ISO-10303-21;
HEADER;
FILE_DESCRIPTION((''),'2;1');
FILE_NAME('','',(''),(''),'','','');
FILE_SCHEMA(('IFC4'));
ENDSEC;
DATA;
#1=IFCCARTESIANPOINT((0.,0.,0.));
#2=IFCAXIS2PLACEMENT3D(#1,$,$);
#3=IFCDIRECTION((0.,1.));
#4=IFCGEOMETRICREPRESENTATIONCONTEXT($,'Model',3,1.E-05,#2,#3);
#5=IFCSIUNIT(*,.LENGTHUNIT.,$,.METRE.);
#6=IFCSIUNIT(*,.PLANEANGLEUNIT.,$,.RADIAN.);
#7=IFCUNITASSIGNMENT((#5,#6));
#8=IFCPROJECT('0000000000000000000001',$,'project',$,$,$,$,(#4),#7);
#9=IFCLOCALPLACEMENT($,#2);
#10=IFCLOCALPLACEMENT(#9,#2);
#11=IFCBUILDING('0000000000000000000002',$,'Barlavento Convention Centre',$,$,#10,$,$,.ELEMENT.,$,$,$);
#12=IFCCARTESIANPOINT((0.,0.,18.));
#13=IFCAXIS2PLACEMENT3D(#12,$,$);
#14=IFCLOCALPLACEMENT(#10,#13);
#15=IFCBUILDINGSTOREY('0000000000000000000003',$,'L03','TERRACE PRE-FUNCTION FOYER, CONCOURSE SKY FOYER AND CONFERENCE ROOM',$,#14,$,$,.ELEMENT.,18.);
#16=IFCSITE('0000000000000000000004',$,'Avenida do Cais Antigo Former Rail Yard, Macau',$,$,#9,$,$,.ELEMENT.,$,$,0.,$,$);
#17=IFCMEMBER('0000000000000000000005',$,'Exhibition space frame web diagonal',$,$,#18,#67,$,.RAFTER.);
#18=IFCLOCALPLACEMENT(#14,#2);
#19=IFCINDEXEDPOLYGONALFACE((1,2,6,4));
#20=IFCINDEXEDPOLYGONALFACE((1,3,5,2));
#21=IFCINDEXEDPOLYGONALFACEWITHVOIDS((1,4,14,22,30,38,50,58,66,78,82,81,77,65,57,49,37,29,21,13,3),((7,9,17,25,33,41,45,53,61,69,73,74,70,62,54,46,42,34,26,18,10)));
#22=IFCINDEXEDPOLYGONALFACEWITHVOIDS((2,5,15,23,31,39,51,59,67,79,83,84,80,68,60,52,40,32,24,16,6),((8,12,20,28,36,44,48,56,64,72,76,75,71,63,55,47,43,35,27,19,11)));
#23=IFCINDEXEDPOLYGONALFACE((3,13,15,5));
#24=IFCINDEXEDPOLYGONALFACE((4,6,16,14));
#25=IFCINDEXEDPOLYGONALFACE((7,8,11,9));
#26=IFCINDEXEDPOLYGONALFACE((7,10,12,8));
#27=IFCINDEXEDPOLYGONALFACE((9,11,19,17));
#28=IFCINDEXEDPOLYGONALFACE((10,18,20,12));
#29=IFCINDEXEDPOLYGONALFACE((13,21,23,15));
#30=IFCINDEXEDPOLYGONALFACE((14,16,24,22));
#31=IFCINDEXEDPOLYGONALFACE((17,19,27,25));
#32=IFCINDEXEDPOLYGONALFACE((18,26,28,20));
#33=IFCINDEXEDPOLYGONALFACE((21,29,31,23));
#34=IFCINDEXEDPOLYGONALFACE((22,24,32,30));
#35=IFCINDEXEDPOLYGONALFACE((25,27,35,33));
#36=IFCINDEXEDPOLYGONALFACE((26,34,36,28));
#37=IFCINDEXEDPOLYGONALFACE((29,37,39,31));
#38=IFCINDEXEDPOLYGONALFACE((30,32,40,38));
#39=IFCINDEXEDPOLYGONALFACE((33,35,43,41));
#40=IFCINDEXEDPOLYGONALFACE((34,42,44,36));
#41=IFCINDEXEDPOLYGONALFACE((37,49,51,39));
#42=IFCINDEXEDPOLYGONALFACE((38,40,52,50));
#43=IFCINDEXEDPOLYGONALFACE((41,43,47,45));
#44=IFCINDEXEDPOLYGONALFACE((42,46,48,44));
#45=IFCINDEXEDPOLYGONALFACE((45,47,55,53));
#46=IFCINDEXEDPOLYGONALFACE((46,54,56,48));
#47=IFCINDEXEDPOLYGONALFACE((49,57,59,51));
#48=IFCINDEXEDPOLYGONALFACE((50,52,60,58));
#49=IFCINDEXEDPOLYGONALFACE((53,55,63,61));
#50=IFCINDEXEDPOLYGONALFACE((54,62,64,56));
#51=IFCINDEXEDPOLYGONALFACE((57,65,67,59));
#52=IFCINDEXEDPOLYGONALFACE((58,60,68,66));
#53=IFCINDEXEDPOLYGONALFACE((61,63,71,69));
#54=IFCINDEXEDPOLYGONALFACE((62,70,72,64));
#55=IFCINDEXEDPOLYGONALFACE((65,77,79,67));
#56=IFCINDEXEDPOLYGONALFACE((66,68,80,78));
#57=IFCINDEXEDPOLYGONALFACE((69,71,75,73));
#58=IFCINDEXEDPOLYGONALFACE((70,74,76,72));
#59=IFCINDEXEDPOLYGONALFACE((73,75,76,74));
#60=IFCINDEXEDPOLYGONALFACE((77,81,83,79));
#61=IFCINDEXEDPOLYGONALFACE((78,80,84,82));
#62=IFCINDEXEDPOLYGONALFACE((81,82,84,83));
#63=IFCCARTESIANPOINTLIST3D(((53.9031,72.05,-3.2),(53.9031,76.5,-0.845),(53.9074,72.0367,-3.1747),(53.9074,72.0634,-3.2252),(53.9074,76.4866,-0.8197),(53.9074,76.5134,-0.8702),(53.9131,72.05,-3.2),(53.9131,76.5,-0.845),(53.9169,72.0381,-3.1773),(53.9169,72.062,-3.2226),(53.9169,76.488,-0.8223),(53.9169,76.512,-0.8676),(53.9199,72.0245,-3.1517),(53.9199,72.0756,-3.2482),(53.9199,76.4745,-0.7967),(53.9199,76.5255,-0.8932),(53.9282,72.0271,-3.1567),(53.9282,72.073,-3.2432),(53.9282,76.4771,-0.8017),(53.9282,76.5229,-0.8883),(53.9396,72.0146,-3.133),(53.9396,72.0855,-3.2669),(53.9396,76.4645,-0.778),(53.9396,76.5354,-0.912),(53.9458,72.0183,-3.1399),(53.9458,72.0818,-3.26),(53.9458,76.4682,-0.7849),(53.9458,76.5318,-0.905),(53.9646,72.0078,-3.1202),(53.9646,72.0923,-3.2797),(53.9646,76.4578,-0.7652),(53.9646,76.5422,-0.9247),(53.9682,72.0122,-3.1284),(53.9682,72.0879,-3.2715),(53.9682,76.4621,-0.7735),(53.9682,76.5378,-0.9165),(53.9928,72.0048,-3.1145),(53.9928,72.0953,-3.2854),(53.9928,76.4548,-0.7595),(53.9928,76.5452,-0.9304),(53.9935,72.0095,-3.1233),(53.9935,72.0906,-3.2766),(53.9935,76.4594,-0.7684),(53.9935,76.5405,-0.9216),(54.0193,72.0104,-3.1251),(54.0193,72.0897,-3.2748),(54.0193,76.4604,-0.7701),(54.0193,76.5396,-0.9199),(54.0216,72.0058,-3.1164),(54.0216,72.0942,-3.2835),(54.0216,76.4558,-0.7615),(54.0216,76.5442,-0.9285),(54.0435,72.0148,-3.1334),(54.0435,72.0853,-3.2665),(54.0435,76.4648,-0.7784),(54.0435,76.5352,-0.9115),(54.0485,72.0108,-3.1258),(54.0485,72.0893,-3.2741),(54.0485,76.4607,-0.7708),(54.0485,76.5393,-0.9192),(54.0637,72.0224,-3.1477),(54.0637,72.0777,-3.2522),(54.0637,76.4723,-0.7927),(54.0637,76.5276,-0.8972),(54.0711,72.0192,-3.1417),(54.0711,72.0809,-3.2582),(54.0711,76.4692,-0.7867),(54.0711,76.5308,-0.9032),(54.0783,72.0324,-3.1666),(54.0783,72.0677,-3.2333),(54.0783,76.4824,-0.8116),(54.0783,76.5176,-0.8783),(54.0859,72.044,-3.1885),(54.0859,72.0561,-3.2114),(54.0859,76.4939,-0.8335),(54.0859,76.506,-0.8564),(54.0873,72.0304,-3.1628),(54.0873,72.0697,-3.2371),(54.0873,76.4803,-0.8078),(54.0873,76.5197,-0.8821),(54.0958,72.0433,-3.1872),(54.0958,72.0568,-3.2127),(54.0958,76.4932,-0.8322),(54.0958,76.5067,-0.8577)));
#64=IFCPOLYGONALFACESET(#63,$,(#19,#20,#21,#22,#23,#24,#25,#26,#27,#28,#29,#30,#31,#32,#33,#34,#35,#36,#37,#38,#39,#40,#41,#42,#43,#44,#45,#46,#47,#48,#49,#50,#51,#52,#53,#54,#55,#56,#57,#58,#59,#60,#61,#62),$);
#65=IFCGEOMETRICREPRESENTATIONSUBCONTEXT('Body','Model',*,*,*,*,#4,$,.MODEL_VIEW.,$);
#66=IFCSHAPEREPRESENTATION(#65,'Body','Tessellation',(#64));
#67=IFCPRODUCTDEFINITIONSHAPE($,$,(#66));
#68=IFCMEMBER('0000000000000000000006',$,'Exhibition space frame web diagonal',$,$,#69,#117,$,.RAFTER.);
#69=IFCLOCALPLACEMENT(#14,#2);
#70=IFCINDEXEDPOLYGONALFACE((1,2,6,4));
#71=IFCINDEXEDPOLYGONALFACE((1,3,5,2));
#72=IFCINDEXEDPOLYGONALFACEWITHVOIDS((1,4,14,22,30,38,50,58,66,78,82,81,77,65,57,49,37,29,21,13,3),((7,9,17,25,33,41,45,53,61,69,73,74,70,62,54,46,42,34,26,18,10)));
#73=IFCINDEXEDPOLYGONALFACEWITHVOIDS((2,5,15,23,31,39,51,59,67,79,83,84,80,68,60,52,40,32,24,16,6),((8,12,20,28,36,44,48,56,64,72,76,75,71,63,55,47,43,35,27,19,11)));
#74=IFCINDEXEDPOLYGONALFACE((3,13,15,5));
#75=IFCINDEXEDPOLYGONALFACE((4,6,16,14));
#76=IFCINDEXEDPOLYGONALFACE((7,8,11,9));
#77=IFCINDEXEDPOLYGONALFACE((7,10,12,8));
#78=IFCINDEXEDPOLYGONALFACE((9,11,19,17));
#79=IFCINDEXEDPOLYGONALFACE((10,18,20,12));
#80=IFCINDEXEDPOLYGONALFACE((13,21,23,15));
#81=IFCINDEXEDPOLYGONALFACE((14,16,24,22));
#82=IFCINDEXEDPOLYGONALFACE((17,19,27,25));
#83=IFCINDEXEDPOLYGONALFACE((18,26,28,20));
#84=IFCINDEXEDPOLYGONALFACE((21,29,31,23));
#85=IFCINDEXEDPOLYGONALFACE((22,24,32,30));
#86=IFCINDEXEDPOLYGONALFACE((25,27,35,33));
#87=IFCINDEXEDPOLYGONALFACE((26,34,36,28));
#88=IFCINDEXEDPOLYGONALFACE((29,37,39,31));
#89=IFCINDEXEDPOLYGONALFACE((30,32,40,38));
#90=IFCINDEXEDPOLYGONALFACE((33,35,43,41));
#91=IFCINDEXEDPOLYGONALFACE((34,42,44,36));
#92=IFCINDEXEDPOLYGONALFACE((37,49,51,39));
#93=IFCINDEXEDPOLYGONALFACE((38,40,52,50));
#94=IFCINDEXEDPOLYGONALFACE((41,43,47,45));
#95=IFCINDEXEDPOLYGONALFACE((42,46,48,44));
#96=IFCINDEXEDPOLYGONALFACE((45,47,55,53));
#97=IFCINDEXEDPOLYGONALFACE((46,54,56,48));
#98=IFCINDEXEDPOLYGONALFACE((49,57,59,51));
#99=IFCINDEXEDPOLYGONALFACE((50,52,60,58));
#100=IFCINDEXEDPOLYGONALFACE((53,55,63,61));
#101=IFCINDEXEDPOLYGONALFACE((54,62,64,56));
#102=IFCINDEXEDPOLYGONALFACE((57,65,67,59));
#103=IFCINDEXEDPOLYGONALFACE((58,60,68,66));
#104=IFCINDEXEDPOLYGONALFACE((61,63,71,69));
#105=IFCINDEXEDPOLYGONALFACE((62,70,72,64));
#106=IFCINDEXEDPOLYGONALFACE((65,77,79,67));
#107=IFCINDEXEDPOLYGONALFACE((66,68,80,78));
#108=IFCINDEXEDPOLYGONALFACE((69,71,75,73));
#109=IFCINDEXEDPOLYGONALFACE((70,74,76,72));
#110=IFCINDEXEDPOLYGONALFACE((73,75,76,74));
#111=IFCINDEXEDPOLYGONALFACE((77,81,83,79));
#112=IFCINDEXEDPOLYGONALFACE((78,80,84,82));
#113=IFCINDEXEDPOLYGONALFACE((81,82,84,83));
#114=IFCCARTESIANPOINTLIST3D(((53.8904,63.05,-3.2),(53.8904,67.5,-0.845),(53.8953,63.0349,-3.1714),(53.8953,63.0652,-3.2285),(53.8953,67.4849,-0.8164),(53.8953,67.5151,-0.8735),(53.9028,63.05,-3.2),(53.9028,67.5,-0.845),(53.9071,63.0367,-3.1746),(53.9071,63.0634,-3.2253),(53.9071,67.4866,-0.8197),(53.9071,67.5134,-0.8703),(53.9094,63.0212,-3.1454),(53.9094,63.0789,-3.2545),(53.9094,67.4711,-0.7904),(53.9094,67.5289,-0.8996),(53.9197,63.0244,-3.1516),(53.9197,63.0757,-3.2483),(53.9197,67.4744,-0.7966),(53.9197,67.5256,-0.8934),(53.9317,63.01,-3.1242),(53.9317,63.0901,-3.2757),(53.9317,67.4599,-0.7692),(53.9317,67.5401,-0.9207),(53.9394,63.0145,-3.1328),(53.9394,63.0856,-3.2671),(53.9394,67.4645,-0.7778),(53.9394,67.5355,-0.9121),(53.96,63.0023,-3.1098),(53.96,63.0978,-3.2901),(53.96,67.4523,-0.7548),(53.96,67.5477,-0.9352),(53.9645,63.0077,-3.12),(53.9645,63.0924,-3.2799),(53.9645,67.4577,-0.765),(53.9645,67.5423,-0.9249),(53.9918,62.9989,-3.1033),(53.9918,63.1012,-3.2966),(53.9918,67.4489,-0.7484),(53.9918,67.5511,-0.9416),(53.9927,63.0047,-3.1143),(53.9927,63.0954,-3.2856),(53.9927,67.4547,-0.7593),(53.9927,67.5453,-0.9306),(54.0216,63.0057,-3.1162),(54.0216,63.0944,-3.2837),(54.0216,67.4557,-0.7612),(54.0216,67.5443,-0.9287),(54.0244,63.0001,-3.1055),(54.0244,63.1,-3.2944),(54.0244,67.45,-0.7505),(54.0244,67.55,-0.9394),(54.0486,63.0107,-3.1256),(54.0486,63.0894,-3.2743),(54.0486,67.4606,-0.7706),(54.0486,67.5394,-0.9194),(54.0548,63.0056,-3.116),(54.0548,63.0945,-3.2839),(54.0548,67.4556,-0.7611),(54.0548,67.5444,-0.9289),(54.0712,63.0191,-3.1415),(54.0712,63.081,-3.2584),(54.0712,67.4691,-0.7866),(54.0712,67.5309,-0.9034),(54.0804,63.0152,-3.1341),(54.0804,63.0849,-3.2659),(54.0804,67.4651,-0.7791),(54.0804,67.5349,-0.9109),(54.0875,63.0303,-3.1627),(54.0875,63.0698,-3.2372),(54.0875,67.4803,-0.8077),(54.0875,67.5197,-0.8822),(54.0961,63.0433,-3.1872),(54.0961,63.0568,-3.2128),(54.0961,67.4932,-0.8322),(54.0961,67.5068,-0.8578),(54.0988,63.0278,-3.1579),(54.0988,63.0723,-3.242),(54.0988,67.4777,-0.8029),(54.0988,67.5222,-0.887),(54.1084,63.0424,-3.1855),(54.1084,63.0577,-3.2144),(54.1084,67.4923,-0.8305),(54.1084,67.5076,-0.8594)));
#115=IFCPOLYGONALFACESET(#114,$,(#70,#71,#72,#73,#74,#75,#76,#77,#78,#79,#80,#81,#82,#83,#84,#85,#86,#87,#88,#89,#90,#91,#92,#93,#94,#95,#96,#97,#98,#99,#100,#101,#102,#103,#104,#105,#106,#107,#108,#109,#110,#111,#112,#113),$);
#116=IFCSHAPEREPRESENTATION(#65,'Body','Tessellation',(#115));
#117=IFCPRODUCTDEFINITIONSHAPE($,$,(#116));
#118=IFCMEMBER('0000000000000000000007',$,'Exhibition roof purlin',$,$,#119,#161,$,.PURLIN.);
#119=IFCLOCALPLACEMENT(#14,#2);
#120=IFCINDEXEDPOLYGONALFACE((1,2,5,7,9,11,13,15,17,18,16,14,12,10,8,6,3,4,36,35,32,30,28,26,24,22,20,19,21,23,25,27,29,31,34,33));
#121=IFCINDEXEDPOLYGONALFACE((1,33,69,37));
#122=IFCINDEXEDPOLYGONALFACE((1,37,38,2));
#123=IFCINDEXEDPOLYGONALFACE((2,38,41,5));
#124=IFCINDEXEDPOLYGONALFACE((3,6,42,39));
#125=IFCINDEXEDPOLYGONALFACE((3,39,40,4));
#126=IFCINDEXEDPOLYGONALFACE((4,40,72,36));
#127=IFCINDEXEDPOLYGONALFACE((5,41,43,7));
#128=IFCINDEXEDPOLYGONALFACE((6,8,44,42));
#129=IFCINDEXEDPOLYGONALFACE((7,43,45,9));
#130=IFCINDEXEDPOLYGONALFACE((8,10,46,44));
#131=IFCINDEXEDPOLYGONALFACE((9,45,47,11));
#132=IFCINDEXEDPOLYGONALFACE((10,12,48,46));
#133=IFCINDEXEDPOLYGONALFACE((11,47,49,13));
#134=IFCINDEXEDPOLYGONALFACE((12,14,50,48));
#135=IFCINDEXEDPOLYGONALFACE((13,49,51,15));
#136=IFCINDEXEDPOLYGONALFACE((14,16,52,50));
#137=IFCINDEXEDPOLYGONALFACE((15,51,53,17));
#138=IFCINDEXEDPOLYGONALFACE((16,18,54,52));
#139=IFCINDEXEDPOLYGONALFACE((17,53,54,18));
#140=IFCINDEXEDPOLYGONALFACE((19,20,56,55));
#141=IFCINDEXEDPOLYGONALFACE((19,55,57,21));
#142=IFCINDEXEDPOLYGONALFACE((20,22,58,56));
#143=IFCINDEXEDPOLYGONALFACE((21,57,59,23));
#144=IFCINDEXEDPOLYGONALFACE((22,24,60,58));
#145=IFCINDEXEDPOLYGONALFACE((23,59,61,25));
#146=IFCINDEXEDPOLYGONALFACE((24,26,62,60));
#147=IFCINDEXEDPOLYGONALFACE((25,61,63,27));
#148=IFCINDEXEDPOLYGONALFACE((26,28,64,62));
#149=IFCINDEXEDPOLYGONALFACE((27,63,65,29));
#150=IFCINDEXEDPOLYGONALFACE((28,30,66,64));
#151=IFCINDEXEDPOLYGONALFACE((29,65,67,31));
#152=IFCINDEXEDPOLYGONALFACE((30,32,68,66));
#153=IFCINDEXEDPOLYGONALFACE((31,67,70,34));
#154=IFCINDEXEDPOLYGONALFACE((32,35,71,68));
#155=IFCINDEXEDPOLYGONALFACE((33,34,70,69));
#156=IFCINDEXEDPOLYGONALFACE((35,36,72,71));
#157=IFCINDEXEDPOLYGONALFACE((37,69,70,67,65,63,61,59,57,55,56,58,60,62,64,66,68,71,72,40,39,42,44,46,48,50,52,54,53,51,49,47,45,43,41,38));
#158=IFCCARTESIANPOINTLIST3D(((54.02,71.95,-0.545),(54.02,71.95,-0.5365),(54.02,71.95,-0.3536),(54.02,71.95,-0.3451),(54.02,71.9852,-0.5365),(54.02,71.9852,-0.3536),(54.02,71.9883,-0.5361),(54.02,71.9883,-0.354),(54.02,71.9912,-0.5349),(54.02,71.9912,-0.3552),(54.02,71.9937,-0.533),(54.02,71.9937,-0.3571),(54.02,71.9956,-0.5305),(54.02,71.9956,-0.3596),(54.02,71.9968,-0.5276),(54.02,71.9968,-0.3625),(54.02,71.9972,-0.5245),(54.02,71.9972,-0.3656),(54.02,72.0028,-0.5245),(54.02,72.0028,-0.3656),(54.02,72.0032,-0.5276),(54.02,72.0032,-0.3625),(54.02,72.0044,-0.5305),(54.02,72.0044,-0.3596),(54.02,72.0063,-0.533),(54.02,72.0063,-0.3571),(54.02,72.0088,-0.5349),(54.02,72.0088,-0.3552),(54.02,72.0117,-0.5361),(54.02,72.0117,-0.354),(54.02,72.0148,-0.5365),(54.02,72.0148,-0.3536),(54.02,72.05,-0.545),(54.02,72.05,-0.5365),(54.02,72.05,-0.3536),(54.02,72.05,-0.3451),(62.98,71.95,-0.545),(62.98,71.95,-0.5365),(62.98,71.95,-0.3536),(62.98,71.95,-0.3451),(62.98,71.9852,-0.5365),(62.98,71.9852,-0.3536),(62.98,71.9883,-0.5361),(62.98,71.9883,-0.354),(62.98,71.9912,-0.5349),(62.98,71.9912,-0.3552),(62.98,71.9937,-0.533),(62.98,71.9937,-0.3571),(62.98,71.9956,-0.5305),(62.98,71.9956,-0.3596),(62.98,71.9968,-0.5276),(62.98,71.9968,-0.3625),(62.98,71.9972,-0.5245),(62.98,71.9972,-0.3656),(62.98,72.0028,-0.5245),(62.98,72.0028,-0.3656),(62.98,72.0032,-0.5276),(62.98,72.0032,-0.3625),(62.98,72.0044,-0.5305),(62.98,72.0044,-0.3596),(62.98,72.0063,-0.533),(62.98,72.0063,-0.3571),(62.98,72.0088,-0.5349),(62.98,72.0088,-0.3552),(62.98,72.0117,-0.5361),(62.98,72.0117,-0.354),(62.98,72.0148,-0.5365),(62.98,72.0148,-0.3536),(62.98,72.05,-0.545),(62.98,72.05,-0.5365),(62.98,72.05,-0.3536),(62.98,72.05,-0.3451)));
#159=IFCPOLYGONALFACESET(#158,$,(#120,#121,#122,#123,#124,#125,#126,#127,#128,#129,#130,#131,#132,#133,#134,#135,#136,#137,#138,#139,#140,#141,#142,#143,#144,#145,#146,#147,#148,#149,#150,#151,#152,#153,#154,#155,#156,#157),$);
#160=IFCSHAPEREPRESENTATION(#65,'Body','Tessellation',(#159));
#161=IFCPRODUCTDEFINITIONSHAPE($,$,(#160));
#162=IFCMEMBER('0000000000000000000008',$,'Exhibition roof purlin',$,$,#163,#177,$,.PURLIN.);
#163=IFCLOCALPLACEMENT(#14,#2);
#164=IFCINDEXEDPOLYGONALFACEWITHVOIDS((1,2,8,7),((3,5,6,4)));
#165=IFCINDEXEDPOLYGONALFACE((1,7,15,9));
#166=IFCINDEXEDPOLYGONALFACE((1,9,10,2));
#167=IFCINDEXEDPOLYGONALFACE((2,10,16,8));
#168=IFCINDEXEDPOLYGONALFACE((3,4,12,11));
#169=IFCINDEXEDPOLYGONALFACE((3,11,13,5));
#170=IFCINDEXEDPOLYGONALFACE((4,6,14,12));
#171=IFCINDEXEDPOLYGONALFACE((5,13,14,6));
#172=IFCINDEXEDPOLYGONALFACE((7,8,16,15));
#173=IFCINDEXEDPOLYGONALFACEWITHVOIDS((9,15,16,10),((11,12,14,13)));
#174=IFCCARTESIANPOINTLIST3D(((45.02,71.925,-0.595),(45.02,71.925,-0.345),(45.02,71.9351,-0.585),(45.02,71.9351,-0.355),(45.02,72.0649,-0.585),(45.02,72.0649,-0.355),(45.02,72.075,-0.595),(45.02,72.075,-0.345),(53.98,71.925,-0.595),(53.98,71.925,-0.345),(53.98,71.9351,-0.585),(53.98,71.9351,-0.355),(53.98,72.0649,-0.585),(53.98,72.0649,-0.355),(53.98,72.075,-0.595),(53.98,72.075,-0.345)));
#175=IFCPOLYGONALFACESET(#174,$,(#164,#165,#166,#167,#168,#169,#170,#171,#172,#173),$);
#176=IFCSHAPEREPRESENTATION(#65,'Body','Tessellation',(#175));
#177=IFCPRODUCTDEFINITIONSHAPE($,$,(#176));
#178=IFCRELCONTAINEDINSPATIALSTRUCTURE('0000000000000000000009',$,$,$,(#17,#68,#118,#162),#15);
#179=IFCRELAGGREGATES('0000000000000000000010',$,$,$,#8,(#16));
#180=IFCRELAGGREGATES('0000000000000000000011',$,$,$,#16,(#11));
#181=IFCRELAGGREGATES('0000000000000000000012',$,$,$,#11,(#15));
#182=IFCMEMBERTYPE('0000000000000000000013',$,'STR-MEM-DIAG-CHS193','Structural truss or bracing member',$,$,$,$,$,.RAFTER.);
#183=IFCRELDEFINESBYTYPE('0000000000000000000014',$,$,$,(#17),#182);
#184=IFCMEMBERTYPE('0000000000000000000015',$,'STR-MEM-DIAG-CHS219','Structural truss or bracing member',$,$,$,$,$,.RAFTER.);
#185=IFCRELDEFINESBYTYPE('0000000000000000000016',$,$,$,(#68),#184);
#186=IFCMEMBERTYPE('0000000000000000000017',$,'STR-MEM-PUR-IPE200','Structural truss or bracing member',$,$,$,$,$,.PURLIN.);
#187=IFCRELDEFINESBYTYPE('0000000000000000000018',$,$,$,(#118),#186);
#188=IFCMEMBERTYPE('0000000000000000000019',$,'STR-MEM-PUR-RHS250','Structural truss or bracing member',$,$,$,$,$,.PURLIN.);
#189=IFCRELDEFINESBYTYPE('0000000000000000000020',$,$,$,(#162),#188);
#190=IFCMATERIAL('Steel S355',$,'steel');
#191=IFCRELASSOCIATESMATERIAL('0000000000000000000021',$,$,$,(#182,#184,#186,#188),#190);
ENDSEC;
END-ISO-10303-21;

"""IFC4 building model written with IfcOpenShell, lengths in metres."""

from ifc_helpers import new_model, si_unit, direction, frame, origin, origin_2d, place, context, subcontext, project, spatial, hollow_rectangle, hollow_circle, i_section, extrude, material, material_profile, profile_set, type_object, element, save


model = new_model("IFC4")

# Units and contexts
model_context = context("Model", 3, precision=1e-05, world=origin(), true_north=direction((0.0, 1.0)))
body_context = subcontext(model_context, "Body", "Model", "MODEL_VIEW")
ifc_project = project(units=[si_unit("LENGTHUNIT", "METRE"), si_unit("PLANEANGLEUNIT", "RADIAN")], contexts=[model_context])

# Site, building, storey
site_placement = place(None, origin())
site = spatial("IfcSite", under=ifc_project, at=site_placement, Name="Avenida do Cais Antigo Former Rail Yard, Macau", CompositionType="ELEMENT", RefElevation=0.0)
building_placement = place(site_placement, origin())
building = spatial("IfcBuilding", under=site, at=building_placement, Name="Barlavento Convention Centre", CompositionType="ELEMENT")
storey_placement = place(building_placement, frame((0.0, 0.0, 18.0)))
storey = spatial("IfcBuildingStorey", under=building, at=storey_placement, Name="L03", Description="TERRACE PRE-FUNCTION FOYER, CONCOURSE SKY FOYER AND CONFERENCE ROOM", CompositionType="ELEMENT", Elevation=18.0)

# Shared definitions
ifc_material_1 = material(Name="Steel S355", Category="steel")

# Members
ifc_material_profile_1 = material_profile(ifc_material_1, hollow_circle(Radius=0.0969, WallThickness=0.01, at=origin_2d()), Name="CHS 193.7x10.0")
ifc_profile_set_1 = profile_set([ifc_material_profile_1], Name="Steel S355")
member_type_1 = type_object("IfcMemberType", Name="STR-MEM-DIAG-CHS193", Description="Structural truss or bracing member", PredefinedType="RAFTER", material=ifc_profile_set_1)
member_1_placement = place(storey_placement, frame((54.0, 72.05, -3.2), z_axis=(0.0, 0.88386, 0.467752), x_axis=(-1.0, 0.0, 0.0)))
element("IfcMember", 1, at=member_1_placement, inside=storey, type_object=member_type_1, Name="Exhibition space frame web diagonal", PredefinedType="RAFTER", context=body_context, shape_type="SweptSolid", body=[
    extrude(hollow_circle(Radius=0.0969, WallThickness=0.01, at=origin_2d()), origin(), (0.0, 0.0, 1.0), 5.0347),
])
ifc_material_profile_2 = material_profile(ifc_material_1, hollow_circle(Radius=0.1096, WallThickness=0.0125, at=origin_2d()), Name="CHS 219.1x12.5")
ifc_profile_set_2 = profile_set([ifc_material_profile_2], Name="Steel S355")
member_type_2 = type_object("IfcMemberType", Name="STR-MEM-DIAG-CHS219", Description="Structural truss or bracing member", PredefinedType="RAFTER", material=ifc_profile_set_2)
member_2_placement = place(storey_placement, frame((54.0, 63.05, -3.2), z_axis=(0.0, 0.88386, 0.467752), x_axis=(-1.0, 0.0, 0.0)))
element("IfcMember", 2, at=member_2_placement, inside=storey, type_object=member_type_2, Name="Exhibition space frame web diagonal", PredefinedType="RAFTER", context=body_context, shape_type="SweptSolid", body=[
    extrude(hollow_circle(Radius=0.1096, WallThickness=0.0125, at=origin_2d()), origin(), (0.0, 0.0, 1.0), 5.0347),
])
ifc_material_profile_3 = material_profile(ifc_material_1, i_section(OverallWidth=0.1001, OverallDepth=0.2, WebThickness=0.0056, FlangeThickness=0.0085, FilletRadius=0.012, at=origin_2d()), Name="IPE 200")
ifc_profile_set_3 = profile_set([ifc_material_profile_3], Name="Steel S355")
member_type_3 = type_object("IfcMemberType", Name="STR-MEM-PUR-IPE200", Description="Structural truss or bracing member", PredefinedType="PURLIN", material=ifc_profile_set_3)
member_3_placement = place(storey_placement, frame((54.02, 72.0, -0.4451), z_axis=(1.0, 0.0, 0.0), x_axis=(0.0, 1.0, 0.0)))
element("IfcMember", 3, at=member_3_placement, inside=storey, type_object=member_type_3, Name="Exhibition roof purlin", PredefinedType="PURLIN", context=body_context, shape_type="SweptSolid", body=[
    extrude(i_section(OverallWidth=0.1001, OverallDepth=0.2, WebThickness=0.0056, FlangeThickness=0.0085, FilletRadius=0.012, at=origin_2d()), origin(), (0.0, 0.0, 1.0), 8.96),
])
ifc_material_profile_4 = material_profile(ifc_material_1, hollow_rectangle(XDim=0.1499, YDim=0.25, WallThickness=0.01, at=origin_2d()), Name="RHS 250x150x10.0")
ifc_profile_set_4 = profile_set([ifc_material_profile_4], Name="Steel S355")
member_type_4 = type_object("IfcMemberType", Name="STR-MEM-PUR-RHS250", Description="Structural truss or bracing member", PredefinedType="PURLIN", material=ifc_profile_set_4)
member_4_placement = place(storey_placement, frame((45.02, 72.0, -0.47), z_axis=(1.0, 0.0, 0.0), x_axis=(0.0, 1.0, 0.0)))
element("IfcMember", 4, at=member_4_placement, inside=storey, type_object=member_type_4, Name="Exhibition roof purlin", PredefinedType="PURLIN", context=body_context, shape_type="SweptSolid", body=[
    extrude(hollow_rectangle(XDim=0.1499, YDim=0.25, WallThickness=0.01, at=origin_2d()), origin(), (0.0, 0.0, 1.0), 8.96),
])

save(model, "model.ifc")
